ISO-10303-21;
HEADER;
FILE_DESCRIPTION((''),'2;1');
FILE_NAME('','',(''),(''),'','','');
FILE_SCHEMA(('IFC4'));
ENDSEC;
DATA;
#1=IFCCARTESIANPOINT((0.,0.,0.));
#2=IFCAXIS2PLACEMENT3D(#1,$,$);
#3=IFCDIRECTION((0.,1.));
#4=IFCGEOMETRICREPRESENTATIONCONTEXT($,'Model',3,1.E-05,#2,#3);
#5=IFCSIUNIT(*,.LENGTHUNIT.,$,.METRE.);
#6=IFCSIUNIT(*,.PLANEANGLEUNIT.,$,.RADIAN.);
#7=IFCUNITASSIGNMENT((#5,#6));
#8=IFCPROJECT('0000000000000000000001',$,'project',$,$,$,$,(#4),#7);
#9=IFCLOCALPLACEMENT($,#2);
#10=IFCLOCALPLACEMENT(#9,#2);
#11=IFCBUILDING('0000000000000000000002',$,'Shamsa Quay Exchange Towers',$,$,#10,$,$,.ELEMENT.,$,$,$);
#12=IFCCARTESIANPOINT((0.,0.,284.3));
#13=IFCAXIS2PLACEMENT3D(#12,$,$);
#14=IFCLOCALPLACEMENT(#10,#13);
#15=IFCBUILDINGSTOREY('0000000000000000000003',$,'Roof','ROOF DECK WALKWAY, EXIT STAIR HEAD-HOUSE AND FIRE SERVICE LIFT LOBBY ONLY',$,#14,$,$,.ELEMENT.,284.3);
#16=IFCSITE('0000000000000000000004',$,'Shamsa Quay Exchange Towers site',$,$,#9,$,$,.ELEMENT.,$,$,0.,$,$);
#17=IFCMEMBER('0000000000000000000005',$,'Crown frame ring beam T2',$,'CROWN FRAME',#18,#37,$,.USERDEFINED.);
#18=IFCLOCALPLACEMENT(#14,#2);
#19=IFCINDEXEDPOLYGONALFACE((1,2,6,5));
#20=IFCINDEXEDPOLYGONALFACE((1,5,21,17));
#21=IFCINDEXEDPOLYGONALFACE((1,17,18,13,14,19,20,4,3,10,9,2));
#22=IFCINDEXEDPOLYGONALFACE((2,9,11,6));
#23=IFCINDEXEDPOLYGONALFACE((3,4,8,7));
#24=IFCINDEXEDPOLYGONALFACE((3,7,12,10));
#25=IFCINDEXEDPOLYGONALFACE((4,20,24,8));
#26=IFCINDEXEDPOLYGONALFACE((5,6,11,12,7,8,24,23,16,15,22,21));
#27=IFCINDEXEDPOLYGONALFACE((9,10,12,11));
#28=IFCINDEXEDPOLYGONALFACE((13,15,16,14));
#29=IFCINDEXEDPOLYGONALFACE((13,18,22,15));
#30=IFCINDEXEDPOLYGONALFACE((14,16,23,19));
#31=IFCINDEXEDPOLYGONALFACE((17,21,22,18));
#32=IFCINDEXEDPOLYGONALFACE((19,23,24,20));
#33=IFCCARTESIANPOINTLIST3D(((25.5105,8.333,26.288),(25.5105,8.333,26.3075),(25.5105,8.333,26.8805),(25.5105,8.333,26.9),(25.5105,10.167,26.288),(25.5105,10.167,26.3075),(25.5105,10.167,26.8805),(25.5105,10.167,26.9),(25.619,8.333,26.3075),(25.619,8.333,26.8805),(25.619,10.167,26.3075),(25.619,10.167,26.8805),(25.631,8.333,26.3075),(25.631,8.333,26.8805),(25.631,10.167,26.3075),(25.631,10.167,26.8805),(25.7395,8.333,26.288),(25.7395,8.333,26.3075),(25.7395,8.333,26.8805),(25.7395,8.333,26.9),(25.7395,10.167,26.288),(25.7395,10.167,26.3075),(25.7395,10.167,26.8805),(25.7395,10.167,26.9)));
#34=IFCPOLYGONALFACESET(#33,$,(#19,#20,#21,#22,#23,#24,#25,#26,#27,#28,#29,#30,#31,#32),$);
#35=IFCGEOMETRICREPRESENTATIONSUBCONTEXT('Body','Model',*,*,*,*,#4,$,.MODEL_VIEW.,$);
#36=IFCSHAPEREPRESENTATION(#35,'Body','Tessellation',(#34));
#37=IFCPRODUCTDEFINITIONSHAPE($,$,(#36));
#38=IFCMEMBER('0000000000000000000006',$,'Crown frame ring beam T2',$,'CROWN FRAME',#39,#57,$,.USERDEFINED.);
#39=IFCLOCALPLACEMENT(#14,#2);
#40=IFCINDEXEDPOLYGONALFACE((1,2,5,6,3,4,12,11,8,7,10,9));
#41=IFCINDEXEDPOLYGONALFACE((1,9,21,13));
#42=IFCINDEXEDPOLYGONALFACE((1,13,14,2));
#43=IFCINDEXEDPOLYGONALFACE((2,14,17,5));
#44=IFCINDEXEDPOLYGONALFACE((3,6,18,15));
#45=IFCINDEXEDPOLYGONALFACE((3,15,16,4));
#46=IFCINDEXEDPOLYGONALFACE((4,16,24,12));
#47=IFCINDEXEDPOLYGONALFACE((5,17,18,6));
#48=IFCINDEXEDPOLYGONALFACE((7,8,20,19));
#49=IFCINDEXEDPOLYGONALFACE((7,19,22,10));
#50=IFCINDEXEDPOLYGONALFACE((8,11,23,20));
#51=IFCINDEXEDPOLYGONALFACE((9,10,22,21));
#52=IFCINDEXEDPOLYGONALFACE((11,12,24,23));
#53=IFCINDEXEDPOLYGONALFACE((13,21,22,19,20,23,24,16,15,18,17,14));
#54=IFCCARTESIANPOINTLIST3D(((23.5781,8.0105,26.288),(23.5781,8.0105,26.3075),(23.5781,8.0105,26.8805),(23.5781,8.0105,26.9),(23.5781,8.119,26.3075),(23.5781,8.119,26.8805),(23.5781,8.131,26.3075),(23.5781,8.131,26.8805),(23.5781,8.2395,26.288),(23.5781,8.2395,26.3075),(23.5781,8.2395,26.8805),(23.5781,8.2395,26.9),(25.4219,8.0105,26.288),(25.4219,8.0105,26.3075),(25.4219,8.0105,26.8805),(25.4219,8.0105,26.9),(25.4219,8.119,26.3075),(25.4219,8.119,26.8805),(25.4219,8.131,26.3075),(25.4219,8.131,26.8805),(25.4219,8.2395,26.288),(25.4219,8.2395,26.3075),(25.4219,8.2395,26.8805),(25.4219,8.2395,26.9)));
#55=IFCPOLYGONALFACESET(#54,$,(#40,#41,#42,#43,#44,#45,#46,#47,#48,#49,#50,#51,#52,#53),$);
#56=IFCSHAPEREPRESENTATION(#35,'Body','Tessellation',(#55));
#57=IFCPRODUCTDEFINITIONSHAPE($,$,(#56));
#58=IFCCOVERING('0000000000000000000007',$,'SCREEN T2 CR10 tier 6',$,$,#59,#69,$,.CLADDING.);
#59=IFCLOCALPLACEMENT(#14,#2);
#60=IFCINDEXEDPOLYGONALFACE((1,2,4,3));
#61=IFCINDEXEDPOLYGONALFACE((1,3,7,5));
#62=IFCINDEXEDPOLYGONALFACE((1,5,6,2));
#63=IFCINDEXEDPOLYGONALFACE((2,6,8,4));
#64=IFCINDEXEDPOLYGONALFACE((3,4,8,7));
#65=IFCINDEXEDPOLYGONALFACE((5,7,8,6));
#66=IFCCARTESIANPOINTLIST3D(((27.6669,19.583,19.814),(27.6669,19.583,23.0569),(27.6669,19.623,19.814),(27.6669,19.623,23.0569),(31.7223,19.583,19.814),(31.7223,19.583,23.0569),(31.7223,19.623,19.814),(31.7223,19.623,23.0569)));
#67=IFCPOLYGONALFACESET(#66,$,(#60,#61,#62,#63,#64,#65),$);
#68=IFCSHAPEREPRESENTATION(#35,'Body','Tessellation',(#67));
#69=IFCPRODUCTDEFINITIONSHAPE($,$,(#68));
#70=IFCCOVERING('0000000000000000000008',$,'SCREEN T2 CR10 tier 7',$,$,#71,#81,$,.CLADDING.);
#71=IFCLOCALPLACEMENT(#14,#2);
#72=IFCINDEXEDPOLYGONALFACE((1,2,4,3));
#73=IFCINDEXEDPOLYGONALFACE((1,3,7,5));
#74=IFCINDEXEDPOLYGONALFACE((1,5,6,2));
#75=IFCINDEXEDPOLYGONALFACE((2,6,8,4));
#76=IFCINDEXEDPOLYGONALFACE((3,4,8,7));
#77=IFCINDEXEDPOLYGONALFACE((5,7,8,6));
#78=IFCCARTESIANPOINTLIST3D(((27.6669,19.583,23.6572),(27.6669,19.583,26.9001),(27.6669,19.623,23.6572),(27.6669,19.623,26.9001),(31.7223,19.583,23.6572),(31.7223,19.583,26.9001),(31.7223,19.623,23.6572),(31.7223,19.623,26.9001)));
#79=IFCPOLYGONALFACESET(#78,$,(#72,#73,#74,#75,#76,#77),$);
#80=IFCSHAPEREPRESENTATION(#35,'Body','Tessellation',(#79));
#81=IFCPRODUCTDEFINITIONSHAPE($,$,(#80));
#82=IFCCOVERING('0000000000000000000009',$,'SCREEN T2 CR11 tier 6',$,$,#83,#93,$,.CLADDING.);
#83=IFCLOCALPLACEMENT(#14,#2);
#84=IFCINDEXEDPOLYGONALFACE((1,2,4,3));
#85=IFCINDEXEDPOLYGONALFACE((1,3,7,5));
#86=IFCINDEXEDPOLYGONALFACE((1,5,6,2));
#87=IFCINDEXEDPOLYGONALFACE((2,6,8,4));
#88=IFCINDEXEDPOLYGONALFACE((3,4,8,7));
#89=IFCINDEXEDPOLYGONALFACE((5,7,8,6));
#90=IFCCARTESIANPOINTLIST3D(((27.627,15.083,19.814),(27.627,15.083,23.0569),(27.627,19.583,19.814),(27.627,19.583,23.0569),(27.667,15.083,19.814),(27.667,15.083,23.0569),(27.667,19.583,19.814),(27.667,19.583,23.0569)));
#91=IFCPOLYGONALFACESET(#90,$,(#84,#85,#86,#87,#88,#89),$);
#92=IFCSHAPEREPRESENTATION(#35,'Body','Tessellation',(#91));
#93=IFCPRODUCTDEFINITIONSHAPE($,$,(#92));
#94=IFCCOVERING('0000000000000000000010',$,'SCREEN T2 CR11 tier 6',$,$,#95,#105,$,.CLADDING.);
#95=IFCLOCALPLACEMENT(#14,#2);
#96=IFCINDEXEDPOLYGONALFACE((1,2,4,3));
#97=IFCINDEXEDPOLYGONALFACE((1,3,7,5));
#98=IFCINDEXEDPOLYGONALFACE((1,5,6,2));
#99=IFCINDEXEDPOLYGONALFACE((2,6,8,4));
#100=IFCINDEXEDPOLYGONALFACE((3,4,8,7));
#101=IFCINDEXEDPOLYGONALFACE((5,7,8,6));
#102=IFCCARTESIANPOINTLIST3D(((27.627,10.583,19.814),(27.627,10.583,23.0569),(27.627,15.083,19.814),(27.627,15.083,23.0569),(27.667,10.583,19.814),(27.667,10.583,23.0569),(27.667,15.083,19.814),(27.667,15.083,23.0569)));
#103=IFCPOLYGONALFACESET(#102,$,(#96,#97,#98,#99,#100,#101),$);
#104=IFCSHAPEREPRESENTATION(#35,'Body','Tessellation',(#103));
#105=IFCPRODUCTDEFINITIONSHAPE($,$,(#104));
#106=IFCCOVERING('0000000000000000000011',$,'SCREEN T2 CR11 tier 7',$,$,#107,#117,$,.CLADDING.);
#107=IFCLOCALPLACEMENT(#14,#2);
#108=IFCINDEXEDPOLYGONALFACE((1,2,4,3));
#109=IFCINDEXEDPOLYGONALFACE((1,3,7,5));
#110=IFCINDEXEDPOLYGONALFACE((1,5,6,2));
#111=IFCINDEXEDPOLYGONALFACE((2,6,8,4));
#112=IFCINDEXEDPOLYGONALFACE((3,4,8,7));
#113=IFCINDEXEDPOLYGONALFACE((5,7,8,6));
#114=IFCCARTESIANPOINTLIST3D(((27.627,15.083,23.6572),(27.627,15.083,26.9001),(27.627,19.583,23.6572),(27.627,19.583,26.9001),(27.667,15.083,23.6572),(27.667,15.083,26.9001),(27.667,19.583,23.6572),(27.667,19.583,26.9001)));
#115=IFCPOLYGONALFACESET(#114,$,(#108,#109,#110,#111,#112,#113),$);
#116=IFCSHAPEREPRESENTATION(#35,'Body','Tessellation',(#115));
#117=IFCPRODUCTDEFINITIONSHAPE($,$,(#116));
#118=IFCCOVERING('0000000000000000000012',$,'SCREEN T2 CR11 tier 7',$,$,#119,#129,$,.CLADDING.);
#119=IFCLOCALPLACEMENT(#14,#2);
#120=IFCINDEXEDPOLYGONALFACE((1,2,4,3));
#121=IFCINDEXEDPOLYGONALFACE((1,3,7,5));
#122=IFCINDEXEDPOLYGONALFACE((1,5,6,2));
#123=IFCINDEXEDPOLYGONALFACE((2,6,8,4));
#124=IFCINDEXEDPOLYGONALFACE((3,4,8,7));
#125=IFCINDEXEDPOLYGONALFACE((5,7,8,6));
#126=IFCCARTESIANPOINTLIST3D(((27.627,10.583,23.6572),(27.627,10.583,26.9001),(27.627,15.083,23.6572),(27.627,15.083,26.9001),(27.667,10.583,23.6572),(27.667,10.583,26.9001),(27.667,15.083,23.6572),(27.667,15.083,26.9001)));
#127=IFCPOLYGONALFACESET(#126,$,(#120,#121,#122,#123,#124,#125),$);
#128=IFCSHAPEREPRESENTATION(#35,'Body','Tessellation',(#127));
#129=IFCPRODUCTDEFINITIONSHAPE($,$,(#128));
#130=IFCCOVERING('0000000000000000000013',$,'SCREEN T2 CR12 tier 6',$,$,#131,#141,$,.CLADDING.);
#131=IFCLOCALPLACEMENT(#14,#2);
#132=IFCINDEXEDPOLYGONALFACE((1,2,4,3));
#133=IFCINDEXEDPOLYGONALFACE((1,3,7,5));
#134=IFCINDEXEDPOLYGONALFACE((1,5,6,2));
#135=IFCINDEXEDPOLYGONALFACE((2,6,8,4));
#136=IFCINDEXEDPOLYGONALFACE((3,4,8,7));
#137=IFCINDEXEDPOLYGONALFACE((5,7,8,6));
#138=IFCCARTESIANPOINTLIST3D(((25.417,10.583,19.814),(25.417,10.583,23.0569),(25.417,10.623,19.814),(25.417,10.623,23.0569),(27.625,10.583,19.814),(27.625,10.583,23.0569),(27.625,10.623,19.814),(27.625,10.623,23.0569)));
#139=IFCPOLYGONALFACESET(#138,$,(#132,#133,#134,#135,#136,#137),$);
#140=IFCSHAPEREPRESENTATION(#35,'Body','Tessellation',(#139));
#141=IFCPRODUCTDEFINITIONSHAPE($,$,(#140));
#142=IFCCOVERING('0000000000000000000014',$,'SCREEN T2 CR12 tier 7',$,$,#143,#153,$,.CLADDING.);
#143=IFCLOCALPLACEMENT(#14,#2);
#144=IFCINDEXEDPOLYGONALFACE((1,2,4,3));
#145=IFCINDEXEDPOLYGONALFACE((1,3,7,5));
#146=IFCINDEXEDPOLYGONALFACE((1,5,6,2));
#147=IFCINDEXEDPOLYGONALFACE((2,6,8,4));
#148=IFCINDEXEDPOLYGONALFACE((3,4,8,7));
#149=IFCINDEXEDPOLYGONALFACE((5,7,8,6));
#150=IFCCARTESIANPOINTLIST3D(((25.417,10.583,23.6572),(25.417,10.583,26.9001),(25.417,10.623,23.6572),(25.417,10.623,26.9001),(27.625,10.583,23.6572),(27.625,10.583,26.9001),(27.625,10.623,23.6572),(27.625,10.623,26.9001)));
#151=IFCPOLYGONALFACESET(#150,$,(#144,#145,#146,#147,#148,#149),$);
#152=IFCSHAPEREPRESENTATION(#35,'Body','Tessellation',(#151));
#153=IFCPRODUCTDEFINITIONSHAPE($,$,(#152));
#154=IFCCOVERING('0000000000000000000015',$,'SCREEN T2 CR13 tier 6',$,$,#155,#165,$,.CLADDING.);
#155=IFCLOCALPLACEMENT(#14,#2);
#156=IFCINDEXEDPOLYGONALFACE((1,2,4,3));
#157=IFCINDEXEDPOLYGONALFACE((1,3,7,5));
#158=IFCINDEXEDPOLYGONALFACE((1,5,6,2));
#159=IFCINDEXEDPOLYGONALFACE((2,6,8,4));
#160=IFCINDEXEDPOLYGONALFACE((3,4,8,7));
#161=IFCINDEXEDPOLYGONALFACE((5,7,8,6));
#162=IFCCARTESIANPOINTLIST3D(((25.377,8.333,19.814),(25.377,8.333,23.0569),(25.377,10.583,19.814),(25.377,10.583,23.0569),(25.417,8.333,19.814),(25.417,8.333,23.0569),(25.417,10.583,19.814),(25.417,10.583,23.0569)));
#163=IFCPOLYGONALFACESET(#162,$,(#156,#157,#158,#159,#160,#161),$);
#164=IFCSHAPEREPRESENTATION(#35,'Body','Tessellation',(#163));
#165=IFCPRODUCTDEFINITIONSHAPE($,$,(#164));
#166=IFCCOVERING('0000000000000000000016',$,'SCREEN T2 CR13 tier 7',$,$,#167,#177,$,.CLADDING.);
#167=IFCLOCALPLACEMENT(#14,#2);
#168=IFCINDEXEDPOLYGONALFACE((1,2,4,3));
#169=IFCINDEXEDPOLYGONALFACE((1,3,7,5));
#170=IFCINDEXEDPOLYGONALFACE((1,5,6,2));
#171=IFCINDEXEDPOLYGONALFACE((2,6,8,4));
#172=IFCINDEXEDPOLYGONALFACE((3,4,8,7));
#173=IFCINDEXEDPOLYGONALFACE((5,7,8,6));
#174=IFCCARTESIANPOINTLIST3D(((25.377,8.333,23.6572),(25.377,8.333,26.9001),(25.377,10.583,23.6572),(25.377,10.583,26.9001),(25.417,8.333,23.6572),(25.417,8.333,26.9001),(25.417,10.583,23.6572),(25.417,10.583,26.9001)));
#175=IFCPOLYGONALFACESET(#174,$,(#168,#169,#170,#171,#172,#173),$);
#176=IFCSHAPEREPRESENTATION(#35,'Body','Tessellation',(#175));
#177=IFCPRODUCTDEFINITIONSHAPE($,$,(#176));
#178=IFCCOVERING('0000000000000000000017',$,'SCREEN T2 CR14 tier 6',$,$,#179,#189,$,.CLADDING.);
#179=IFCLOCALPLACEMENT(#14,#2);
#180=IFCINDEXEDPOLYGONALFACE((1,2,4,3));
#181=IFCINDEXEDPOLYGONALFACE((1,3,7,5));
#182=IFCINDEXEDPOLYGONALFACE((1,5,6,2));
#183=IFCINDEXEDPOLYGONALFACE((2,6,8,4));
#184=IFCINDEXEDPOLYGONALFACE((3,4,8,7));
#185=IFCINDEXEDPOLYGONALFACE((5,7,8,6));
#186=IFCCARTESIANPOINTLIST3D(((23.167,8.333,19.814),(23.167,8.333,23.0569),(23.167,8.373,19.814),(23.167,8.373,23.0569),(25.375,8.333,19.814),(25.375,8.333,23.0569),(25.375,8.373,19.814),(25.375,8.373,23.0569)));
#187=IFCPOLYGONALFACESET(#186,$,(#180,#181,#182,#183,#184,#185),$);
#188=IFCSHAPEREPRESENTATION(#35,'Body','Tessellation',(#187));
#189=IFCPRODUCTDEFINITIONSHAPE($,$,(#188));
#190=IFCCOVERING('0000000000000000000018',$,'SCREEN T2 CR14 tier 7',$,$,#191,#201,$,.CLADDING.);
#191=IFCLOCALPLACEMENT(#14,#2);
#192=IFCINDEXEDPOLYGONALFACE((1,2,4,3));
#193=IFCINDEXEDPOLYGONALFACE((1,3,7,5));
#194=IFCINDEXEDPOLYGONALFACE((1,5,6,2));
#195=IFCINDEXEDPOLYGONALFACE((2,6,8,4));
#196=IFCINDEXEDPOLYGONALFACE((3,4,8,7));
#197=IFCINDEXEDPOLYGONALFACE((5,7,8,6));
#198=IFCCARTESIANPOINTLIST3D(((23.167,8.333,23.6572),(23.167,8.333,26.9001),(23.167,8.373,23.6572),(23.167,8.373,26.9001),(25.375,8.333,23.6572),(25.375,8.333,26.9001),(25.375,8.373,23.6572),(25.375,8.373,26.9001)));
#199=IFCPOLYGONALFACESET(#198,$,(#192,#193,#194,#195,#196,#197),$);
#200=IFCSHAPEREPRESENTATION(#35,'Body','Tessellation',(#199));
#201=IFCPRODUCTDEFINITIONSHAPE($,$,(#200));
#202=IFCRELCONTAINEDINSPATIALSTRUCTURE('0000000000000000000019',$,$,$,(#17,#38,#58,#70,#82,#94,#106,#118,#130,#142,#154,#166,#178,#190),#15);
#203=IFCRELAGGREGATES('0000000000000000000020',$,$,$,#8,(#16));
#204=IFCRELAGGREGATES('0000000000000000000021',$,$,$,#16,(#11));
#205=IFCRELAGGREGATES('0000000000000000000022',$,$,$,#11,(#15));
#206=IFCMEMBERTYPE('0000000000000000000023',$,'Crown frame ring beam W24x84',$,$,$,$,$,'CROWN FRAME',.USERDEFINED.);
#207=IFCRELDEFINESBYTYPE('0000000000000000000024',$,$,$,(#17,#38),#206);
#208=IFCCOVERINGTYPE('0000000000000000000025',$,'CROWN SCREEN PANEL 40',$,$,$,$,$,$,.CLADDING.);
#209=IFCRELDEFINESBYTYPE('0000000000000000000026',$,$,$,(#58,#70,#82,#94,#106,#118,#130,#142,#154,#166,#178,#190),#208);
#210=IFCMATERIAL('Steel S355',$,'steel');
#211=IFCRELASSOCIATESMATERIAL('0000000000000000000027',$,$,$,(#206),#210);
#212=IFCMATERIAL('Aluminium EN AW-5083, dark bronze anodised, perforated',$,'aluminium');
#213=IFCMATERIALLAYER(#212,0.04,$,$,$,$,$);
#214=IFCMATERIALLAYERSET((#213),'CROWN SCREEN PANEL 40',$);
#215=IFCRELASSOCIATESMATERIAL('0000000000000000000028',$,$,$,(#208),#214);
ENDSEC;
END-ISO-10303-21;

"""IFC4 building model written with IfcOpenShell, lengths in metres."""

from ifc_helpers import new_model, si_unit, direction, frame, origin, origin_2d, place, context, subcontext, project, spatial, rectangle, i_section, extrude, material, layer, layer_set, material_profile, profile_set, type_object, element, save


model = new_model("IFC4")

# Units and contexts
model_context = context("Model", 3, precision=1e-05, world=origin(), true_north=direction((0.0, 1.0)))
body_context = subcontext(model_context, "Body", "Model", "MODEL_VIEW")
ifc_project = project(units=[si_unit("LENGTHUNIT", "METRE"), si_unit("PLANEANGLEUNIT", "RADIAN")], contexts=[model_context])

# Site, building, storey
site_placement = place(None, origin())
site = spatial("IfcSite", under=ifc_project, at=site_placement, Name="Shamsa Quay Exchange Towers site", CompositionType="ELEMENT", RefElevation=0.0)
building_placement = place(site_placement, origin())
building = spatial("IfcBuilding", under=site, at=building_placement, Name="Shamsa Quay Exchange Towers", CompositionType="ELEMENT")
storey_placement = place(building_placement, frame((0.0, 0.0, 284.3)))
storey = spatial("IfcBuildingStorey", under=building, at=storey_placement, Name="Roof", Description="ROOF DECK WALKWAY, EXIT STAIR HEAD-HOUSE AND FIRE SERVICE LIFT LOBBY ONLY", CompositionType="ELEMENT", Elevation=284.3)

# Members
ifc_material_1 = material(Name="Steel S355", Category="steel")
ifc_material_profile_1 = material_profile(ifc_material_1, i_section(OverallWidth=0.229, OverallDepth=0.6121, WebThickness=0.012, FlangeThickness=0.0195, at=origin_2d()), Name="W24x84")
ifc_profile_set_1 = profile_set([ifc_material_profile_1], Name="Steel S355")
member_type_1 = type_object("IfcMemberType", Name="Crown frame ring beam W24x84", ElementType="CROWN FRAME", PredefinedType="USERDEFINED", material=ifc_profile_set_1)
member_1_placement = place(storey_placement, frame((25.625, 10.167, 26.594), z_axis=(0.0, -1.0, 0.0), x_axis=(1.0, 0.0, 0.0)))
element("IfcMember", 1, at=member_1_placement, inside=storey, type_object=member_type_1, Name="Crown frame ring beam T2", ObjectType="CROWN FRAME", PredefinedType="USERDEFINED", context=body_context, shape_type="SweptSolid", body=[
    extrude(i_section(OverallWidth=0.229, OverallDepth=0.6121, WebThickness=0.012, FlangeThickness=0.0195, at=origin_2d()), origin(), (0.0, 0.0, 1.0), 1.834),
])
member_2_placement = place(storey_placement, frame((25.4219, 8.125, 26.594), z_axis=(-1.0, 0.0, 0.0), x_axis=(0.0, -1.0, 0.0)))
element("IfcMember", 2, at=member_2_placement, inside=storey, type_object=member_type_1, Name="Crown frame ring beam T2", ObjectType="CROWN FRAME", PredefinedType="USERDEFINED", context=body_context, shape_type="SweptSolid", body=[
    extrude(i_section(OverallWidth=0.229, OverallDepth=0.6121, WebThickness=0.012, FlangeThickness=0.0195, at=origin_2d()), origin(), (0.0, 0.0, 1.0), 1.8438),
])

# Coverings
ifc_material_2 = material(Name="Aluminium EN AW-5083, dark bronze anodised, perforated", Category="aluminium")
ifc_layer = layer(ifc_material_2, 0.04)
ifc_layer_set = layer_set([ifc_layer], Name="CROWN SCREEN PANEL 40")
covering_type = type_object("IfcCoveringType", Name="CROWN SCREEN PANEL 40", PredefinedType="CLADDING", material=ifc_layer_set)
for number, where, z_axis, x_axis, name in (
    (3, (29.6946, 19.603, 19.814), (0.0, 0.0, 1.0), (-1.0, 0.0, 0.0), "SCREEN T2 CR10 tier 6"),
    (4, (29.6946, 19.603, 23.6572), (0.0, 0.0, 1.0), (-1.0, 0.0, 0.0), "SCREEN T2 CR10 tier 7"),
):
    element("IfcCovering", number, at=place(storey_placement, frame(where, z_axis=z_axis, x_axis=x_axis)), inside=storey, type_object=covering_type, Name=name, PredefinedType="CLADDING", context=body_context, shape_type="SweptSolid", body=[
        extrude(rectangle(XDim=4.0554, YDim=0.04, at=origin_2d()), origin(), (0.0, 0.0, 1.0), 3.2429),
    ])
for number, where, z_axis, x_axis, name in (
    (5, (27.647, 17.333, 19.814), (0.0, 0.0, 1.0), (0.0, -1.0, 0.0), "SCREEN T2 CR11 tier 6"),
    (6, (27.647, 12.833, 19.814), (0.0, 0.0, 1.0), (0.0, -1.0, 0.0), "SCREEN T2 CR11 tier 6"),
    (7, (27.647, 17.333, 23.6572), (0.0, 0.0, 1.0), (0.0, -1.0, 0.0), "SCREEN T2 CR11 tier 7"),
    (8, (27.647, 12.833, 23.6572), (0.0, 0.0, 1.0), (0.0, -1.0, 0.0), "SCREEN T2 CR11 tier 7"),
):
    element("IfcCovering", number, at=place(storey_placement, frame(where, z_axis=z_axis, x_axis=x_axis)), inside=storey, type_object=covering_type, Name=name, PredefinedType="CLADDING", context=body_context, shape_type="SweptSolid", body=[
        extrude(rectangle(XDim=4.5, YDim=0.04, at=origin_2d()), origin(), (0.0, 0.0, 1.0), 3.2429),
    ])
for number, where, z_axis, x_axis, name in (
    (9, (26.521, 10.603, 19.814), (0.0, 0.0, 1.0), (-1.0, 0.0, 0.0), "SCREEN T2 CR12 tier 6"),
    (10, (26.521, 10.603, 23.6572), (0.0, 0.0, 1.0), (-1.0, 0.0, 0.0), "SCREEN T2 CR12 tier 7"),
):
    element("IfcCovering", number, at=place(storey_placement, frame(where, z_axis=z_axis, x_axis=x_axis)), inside=storey, type_object=covering_type, Name=name, PredefinedType="CLADDING", context=body_context, shape_type="SweptSolid", body=[
        extrude(rectangle(XDim=2.208, YDim=0.04, at=origin_2d()), origin(), (0.0, 0.0, 1.0), 3.2429),
    ])
for number, where, z_axis, x_axis, name in (
    (11, (25.397, 9.458, 19.814), (0.0, 0.0, 1.0), (0.0, -1.0, 0.0), "SCREEN T2 CR13 tier 6"),
    (12, (25.397, 9.458, 23.6572), (0.0, 0.0, 1.0), (0.0, -1.0, 0.0), "SCREEN T2 CR13 tier 7"),
):
    element("IfcCovering", number, at=place(storey_placement, frame(where, z_axis=z_axis, x_axis=x_axis)), inside=storey, type_object=covering_type, Name=name, PredefinedType="CLADDING", context=body_context, shape_type="SweptSolid", body=[
        extrude(rectangle(XDim=2.25, YDim=0.04, at=origin_2d()), origin(), (0.0, 0.0, 1.0), 3.2429),
    ])
for number, where, z_axis, x_axis, name in (
    (13, (24.271, 8.353, 19.814), (0.0, 0.0, 1.0), (-1.0, 0.0, 0.0), "SCREEN T2 CR14 tier 6"),
    (14, (24.271, 8.353, 23.6572), (0.0, 0.0, 1.0), (-1.0, 0.0, 0.0), "SCREEN T2 CR14 tier 7"),
):
    element("IfcCovering", number, at=place(storey_placement, frame(where, z_axis=z_axis, x_axis=x_axis)), inside=storey, type_object=covering_type, Name=name, PredefinedType="CLADDING", context=body_context, shape_type="SweptSolid", body=[
        extrude(rectangle(XDim=2.208, YDim=0.04, at=origin_2d()), origin(), (0.0, 0.0, 1.0), 3.2429),
    ])

save(model, "model.ifc")
